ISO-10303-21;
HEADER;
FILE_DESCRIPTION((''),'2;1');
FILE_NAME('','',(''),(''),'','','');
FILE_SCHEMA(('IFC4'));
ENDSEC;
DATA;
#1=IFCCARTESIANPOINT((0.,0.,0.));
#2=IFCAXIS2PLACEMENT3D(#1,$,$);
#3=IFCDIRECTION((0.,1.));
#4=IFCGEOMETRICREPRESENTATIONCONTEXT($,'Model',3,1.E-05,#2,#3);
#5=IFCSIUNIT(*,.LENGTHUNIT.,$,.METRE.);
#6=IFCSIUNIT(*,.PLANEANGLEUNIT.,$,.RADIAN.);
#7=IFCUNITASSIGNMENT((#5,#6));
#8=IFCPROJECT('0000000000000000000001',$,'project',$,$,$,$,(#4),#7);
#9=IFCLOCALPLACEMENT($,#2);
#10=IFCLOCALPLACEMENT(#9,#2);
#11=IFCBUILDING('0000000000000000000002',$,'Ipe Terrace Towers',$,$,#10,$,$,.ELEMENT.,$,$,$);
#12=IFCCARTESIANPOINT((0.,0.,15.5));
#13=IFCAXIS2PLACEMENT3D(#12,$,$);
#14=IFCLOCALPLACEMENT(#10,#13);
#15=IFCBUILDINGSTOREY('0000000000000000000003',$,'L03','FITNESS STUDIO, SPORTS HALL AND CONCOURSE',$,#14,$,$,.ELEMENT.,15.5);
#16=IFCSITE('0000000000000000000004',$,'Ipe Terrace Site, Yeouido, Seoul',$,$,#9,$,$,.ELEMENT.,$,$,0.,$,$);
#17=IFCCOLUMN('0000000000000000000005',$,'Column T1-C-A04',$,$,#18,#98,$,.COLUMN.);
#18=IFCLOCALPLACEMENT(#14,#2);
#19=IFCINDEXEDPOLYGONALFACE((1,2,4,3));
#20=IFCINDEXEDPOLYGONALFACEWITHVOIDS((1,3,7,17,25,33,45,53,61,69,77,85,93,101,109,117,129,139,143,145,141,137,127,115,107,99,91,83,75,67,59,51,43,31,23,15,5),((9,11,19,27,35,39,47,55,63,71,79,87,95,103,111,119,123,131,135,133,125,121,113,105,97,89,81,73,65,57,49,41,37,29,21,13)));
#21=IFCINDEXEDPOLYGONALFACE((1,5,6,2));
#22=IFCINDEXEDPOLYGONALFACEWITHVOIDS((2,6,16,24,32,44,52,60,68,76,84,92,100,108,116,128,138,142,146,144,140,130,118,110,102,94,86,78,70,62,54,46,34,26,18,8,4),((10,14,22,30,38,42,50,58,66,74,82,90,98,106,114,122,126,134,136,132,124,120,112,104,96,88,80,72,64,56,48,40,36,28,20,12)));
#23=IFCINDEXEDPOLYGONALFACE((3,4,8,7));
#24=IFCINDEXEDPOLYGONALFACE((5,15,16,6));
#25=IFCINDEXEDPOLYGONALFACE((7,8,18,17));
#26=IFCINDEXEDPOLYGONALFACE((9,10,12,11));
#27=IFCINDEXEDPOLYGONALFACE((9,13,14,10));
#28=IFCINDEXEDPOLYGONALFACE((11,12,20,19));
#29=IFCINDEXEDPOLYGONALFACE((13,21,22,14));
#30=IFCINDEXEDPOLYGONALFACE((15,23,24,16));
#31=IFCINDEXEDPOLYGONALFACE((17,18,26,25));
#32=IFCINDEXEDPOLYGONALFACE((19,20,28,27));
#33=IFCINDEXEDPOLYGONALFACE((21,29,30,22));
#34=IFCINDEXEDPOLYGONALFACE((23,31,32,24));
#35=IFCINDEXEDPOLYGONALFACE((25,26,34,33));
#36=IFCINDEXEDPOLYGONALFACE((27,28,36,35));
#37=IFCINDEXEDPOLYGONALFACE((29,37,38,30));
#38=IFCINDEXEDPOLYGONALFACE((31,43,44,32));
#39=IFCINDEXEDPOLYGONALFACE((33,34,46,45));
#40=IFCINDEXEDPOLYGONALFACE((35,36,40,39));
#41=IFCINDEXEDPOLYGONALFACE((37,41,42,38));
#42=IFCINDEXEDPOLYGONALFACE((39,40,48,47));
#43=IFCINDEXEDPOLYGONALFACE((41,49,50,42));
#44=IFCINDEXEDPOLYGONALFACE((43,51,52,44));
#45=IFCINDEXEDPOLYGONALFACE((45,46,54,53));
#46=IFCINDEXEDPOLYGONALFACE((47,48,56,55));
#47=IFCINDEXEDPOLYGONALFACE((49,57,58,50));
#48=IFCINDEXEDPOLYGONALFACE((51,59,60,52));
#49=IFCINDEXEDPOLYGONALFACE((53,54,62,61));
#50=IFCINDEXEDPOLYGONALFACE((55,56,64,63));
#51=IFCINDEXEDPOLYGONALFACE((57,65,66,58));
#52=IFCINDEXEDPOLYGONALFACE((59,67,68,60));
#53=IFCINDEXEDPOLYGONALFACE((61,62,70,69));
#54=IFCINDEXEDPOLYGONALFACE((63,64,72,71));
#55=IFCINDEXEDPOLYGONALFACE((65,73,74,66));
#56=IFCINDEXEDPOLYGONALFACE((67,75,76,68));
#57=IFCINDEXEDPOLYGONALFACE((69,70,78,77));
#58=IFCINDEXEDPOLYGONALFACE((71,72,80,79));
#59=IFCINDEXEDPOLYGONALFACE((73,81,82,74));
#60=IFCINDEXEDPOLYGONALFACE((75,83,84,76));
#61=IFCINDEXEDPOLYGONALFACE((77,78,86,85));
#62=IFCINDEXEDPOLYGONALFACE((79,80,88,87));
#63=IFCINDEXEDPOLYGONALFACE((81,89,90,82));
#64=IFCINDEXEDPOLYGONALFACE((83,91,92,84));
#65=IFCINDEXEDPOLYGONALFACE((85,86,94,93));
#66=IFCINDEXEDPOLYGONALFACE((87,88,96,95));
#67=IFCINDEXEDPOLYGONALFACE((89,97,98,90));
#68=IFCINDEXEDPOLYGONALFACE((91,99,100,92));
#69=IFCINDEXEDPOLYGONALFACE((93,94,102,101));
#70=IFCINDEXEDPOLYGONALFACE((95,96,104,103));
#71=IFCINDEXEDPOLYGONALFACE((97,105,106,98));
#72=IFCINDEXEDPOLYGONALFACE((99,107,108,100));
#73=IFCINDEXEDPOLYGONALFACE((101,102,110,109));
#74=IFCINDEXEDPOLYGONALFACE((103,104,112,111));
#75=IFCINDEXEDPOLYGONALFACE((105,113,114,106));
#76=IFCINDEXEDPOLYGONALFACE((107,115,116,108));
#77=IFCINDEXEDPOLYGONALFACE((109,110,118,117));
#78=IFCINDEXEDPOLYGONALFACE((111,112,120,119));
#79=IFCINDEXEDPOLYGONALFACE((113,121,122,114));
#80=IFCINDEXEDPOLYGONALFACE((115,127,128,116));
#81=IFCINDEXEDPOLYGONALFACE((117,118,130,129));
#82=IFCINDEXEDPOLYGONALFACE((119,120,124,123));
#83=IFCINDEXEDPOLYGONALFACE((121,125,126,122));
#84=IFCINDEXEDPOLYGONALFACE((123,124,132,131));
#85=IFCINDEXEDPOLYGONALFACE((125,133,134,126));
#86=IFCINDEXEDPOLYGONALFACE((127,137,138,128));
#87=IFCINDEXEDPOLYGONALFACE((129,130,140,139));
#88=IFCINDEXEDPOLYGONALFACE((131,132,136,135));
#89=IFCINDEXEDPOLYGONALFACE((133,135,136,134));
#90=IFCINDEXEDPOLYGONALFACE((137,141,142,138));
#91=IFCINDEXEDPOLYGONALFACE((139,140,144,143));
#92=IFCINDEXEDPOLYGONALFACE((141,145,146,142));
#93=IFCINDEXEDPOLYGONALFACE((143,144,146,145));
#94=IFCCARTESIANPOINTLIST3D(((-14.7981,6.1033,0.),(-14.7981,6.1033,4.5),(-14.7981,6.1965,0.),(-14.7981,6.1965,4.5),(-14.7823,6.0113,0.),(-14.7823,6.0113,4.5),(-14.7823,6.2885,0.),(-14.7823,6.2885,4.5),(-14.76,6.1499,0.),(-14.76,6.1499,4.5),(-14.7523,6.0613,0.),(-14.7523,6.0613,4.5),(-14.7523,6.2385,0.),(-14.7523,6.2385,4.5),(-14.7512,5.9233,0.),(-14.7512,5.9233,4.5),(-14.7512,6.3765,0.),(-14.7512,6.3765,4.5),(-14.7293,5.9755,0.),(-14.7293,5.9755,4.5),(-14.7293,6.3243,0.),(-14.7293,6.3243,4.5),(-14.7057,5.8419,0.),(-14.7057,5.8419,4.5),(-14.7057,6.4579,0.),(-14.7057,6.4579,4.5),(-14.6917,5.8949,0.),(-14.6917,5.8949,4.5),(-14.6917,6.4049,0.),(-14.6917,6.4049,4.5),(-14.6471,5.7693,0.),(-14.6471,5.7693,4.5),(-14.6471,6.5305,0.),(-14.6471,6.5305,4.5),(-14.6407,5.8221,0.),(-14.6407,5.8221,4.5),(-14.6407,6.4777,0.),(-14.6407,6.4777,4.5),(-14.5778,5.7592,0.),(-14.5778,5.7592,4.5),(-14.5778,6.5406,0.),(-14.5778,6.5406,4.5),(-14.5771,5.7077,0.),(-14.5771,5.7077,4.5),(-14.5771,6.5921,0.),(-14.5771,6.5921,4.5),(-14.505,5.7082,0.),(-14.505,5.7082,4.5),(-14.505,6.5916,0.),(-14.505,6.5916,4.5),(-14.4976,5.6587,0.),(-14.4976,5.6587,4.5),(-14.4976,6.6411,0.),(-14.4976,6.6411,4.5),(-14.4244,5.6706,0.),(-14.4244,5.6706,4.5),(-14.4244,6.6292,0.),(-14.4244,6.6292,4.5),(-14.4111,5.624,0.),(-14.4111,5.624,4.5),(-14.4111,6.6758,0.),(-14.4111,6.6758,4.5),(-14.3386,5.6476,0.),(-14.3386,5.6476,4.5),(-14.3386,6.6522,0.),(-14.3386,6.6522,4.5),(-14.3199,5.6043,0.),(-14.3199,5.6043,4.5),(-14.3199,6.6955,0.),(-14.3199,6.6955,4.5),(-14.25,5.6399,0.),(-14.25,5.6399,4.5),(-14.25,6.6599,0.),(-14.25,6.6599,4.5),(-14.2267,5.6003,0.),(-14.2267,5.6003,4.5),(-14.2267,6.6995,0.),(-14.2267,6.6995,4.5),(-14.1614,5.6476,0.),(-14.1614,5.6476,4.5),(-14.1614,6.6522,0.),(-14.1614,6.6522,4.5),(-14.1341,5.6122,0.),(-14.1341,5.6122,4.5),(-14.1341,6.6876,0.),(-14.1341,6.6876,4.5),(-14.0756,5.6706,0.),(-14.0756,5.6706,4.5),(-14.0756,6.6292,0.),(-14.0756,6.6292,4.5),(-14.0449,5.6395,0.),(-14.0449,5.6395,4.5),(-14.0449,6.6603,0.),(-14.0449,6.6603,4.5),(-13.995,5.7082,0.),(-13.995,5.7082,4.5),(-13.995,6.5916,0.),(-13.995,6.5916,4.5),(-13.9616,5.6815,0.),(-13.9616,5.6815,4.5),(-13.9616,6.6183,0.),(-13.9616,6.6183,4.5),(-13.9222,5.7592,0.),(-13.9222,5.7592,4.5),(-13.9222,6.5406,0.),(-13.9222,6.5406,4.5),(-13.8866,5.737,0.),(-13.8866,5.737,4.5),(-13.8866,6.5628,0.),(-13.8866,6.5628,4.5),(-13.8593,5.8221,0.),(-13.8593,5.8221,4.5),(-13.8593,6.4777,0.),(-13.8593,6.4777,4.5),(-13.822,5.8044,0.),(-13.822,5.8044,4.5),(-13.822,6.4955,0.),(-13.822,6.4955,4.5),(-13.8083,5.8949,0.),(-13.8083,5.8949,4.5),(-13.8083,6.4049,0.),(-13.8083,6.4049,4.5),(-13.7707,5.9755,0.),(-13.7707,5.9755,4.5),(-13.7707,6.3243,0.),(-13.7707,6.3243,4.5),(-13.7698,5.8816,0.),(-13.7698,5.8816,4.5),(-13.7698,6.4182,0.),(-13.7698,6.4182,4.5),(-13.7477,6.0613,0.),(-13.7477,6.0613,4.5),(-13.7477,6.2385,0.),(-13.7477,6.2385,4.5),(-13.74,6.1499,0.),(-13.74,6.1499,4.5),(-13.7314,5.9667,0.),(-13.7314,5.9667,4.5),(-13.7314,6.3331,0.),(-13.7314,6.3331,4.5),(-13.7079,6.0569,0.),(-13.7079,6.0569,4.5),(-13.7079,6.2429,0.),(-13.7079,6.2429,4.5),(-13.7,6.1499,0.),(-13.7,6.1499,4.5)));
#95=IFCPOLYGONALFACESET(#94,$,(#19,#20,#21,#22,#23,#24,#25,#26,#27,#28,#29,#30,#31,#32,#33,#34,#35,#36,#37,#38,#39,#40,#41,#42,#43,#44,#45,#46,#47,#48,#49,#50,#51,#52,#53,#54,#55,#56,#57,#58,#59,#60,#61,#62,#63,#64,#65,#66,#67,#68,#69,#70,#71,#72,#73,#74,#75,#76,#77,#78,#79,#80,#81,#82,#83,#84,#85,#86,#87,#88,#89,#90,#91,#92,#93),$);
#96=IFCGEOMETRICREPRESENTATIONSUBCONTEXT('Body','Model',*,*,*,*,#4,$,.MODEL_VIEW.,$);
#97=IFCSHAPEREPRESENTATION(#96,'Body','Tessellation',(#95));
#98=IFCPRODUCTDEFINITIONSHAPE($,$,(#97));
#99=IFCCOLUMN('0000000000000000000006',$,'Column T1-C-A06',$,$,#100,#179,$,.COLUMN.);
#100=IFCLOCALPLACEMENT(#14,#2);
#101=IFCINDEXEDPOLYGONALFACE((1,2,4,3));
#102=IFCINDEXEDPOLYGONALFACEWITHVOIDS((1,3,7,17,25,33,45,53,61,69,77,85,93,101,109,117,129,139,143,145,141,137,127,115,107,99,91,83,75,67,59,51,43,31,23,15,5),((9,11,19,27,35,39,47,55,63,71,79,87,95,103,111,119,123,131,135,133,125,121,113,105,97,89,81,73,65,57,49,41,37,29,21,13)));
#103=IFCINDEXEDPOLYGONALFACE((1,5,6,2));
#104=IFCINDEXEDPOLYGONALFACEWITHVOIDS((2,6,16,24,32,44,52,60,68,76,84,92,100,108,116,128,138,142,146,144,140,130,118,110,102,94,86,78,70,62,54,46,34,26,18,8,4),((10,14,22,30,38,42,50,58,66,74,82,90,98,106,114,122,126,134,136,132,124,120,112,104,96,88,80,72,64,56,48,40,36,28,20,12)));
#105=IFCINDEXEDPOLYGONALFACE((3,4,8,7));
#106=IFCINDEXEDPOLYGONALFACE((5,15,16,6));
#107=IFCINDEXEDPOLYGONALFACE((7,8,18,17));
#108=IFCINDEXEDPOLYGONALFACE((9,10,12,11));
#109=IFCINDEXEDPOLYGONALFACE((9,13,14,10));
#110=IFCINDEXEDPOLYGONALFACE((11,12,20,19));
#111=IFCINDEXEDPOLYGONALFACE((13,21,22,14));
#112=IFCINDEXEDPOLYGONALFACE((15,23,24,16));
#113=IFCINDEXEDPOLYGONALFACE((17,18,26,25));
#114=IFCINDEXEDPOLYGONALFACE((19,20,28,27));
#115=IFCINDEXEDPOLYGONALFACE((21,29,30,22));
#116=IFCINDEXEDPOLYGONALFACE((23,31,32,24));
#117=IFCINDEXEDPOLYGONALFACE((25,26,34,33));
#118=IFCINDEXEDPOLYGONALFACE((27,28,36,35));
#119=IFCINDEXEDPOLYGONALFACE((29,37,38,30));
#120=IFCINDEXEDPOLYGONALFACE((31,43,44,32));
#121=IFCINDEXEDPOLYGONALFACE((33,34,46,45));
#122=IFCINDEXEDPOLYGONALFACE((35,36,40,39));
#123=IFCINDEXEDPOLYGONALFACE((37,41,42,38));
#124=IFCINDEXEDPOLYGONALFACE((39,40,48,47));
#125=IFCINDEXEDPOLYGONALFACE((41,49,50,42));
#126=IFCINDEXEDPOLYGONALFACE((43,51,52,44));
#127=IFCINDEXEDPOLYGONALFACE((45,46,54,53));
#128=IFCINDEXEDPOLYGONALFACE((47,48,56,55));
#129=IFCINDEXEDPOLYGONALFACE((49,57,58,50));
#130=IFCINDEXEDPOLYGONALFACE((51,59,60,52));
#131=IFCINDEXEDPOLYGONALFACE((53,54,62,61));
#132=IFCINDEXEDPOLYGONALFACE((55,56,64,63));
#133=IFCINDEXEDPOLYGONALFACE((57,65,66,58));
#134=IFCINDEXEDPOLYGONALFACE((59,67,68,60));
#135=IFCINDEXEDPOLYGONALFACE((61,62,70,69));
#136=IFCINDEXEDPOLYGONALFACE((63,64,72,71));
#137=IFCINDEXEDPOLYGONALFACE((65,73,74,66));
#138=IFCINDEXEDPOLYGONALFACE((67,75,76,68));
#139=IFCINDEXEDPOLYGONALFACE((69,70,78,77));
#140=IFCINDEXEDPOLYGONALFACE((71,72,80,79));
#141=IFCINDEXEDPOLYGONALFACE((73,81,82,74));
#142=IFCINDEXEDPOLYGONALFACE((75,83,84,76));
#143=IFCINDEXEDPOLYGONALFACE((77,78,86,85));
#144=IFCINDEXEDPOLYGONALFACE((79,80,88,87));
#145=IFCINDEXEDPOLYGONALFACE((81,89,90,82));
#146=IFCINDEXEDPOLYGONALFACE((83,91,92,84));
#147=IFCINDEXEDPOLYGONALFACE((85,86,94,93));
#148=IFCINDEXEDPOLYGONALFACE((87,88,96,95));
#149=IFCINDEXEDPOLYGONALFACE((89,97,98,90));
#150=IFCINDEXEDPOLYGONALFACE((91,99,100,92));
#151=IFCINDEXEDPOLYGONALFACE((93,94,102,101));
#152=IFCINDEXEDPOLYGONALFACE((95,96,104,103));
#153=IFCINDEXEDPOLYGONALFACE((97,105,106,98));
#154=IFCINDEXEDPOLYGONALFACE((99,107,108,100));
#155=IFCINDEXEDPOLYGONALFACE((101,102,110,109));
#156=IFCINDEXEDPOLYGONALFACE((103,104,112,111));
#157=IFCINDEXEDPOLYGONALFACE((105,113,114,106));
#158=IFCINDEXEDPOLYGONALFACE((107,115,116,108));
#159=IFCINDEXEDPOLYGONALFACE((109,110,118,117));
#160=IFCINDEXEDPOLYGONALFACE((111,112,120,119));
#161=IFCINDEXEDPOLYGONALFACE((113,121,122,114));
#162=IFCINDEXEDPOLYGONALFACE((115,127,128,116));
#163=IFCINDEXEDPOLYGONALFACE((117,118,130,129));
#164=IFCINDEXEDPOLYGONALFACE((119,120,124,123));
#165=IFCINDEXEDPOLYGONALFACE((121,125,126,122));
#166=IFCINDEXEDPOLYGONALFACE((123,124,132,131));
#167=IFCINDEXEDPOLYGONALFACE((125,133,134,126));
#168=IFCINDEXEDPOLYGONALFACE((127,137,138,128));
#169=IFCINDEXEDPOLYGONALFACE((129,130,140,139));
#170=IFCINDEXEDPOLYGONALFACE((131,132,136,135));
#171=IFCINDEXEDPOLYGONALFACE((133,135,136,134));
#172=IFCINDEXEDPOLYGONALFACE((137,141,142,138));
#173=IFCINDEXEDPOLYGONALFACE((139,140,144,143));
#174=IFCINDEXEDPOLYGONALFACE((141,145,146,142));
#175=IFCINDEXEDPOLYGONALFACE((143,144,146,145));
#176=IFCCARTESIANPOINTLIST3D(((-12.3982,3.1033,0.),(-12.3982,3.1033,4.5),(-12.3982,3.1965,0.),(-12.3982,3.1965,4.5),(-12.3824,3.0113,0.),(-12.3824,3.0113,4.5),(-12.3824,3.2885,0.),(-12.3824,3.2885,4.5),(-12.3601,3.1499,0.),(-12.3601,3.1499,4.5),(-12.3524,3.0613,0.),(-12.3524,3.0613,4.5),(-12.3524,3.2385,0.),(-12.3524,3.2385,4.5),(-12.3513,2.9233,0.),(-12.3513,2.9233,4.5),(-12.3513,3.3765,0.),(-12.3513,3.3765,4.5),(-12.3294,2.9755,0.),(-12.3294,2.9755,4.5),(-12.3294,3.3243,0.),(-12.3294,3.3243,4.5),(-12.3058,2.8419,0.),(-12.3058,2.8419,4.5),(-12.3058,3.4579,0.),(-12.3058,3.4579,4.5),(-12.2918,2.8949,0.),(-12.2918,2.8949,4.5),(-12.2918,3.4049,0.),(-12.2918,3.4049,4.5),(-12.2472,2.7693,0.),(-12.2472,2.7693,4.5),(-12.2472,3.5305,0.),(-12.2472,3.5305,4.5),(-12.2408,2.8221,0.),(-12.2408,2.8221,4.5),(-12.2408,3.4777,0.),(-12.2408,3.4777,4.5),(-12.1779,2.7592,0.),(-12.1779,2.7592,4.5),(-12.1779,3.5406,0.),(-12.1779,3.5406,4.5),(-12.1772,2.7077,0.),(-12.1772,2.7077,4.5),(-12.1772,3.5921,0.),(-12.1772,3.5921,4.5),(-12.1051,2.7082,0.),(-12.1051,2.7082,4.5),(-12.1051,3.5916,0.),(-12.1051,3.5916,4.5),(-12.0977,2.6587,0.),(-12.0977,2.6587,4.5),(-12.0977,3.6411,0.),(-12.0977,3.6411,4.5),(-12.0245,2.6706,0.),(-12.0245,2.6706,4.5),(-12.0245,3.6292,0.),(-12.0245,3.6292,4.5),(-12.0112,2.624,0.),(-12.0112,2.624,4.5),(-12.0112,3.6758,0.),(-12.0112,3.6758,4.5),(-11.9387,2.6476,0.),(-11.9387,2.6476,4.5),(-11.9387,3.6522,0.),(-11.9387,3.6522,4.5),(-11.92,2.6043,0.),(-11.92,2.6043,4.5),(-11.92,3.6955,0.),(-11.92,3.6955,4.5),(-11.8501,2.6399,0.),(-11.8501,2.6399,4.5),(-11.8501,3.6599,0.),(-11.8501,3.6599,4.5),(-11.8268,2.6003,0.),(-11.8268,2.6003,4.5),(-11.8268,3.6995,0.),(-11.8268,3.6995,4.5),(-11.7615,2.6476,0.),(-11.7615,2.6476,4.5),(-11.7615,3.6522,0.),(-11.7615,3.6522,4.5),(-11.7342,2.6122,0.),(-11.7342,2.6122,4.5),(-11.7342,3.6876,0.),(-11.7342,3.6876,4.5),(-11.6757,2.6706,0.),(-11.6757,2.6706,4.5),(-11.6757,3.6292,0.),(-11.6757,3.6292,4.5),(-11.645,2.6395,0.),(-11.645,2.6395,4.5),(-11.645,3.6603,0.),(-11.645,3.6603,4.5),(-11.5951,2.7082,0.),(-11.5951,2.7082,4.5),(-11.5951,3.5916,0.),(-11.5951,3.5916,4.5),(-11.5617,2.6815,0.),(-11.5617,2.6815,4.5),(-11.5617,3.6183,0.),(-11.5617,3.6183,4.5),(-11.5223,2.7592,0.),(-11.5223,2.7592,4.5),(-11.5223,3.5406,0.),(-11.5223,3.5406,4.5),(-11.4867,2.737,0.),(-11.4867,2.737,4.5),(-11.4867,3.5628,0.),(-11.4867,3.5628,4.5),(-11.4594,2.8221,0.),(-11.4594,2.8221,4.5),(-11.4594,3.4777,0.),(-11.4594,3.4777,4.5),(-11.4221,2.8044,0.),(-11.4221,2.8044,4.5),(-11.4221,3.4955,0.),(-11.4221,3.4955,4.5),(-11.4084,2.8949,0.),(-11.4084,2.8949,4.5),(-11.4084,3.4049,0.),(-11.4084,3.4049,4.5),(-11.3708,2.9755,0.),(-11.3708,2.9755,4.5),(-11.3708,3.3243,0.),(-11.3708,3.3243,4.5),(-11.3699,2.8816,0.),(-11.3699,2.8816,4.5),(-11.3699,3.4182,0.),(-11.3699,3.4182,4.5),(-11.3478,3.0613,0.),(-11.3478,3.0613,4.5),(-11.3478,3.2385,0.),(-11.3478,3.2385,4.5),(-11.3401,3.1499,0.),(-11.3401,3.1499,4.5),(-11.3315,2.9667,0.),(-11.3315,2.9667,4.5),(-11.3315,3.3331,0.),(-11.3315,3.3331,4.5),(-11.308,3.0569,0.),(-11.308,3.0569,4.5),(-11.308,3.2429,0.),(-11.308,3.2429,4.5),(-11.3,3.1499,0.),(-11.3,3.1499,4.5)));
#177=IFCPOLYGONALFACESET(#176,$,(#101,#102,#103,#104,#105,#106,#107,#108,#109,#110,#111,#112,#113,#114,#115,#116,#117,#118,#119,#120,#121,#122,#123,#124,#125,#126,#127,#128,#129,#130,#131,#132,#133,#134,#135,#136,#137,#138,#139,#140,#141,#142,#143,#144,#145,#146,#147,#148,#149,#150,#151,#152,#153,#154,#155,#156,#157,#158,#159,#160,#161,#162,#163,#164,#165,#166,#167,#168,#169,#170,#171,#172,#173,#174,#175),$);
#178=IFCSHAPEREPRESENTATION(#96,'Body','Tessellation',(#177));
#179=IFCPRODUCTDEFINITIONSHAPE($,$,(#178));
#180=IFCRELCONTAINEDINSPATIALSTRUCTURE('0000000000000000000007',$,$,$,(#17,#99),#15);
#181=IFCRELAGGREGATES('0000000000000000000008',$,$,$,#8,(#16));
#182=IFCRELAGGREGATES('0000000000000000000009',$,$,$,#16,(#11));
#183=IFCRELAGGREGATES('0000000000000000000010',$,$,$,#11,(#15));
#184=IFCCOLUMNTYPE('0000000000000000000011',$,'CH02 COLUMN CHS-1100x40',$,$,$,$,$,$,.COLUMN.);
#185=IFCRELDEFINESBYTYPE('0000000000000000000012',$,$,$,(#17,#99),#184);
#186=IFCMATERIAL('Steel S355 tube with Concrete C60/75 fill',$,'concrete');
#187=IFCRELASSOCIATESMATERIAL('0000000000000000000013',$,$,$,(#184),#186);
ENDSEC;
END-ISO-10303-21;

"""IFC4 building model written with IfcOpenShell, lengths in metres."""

from ifc_helpers import new_model, si_unit, direction, frame, origin, origin_2d, place, context, subcontext, project, spatial, hollow_circle, extrude, material, material_profile, profile_set, type_object, element, save


model = new_model("IFC4")

# Units and contexts
model_context = context("Model", 3, precision=1e-05, world=origin(), true_north=direction((0.0, 1.0)))
body_context = subcontext(model_context, "Body", "Model", "MODEL_VIEW")
ifc_project = project(units=[si_unit("LENGTHUNIT", "METRE"), si_unit("PLANEANGLEUNIT", "RADIAN")], contexts=[model_context])

# Site, building, storey
site_placement = place(None, origin())
site = spatial("IfcSite", under=ifc_project, at=site_placement, Name="Ipe Terrace Site, Yeouido, Seoul", CompositionType="ELEMENT", RefElevation=0.0)
building_placement = place(site_placement, origin())
building = spatial("IfcBuilding", under=site, at=building_placement, Name="Ipe Terrace Towers", CompositionType="ELEMENT")
storey_placement = place(building_placement, frame((0.0, 0.0, 15.5)))
storey = spatial("IfcBuildingStorey", under=building, at=storey_placement, Name="L03", Description="FITNESS STUDIO, SPORTS HALL AND CONCOURSE", CompositionType="ELEMENT", Elevation=15.5)

# Columns
ifc_material_1 = material(Name="Steel S355 tube with Concrete C60/75 fill", Category="concrete")
ifc_material_profile_1 = material_profile(ifc_material_1, hollow_circle(Radius=0.55, WallThickness=0.04, at=origin_2d()), Name="CHS-1100x40")
ifc_profile_set_1 = profile_set([ifc_material_profile_1], Name="Steel S355 tube with Concrete C60/75 fill")
column_type_1 = type_object("IfcColumnType", Name="CH02 COLUMN CHS-1100x40", PredefinedType="COLUMN", material=ifc_profile_set_1)
for number, where, z_axis, x_axis, name in (
    (1, (-14.25, 6.1499, 0.0), (0.0, 0.0, 1.0), (1.0, 0.0, 0.0), "Column T1-C-A04"),
    (2, (-11.8501, 3.1499, 0.0), (0.0, 0.0, 1.0), (1.0, 0.0, 0.0), "Column T1-C-A06"),
):
    element("IfcColumn", number, at=place(storey_placement, frame(where, z_axis=z_axis, x_axis=x_axis)), inside=storey, type_object=column_type_1, Name=name, PredefinedType="COLUMN", context=body_context, shape_type="SweptSolid", body=[
        extrude(hollow_circle(Radius=0.55, WallThickness=0.04, at=origin_2d()), origin(), (0.0, 0.0, 1.0), 4.5),
    ])

save(model, "model.ifc")
